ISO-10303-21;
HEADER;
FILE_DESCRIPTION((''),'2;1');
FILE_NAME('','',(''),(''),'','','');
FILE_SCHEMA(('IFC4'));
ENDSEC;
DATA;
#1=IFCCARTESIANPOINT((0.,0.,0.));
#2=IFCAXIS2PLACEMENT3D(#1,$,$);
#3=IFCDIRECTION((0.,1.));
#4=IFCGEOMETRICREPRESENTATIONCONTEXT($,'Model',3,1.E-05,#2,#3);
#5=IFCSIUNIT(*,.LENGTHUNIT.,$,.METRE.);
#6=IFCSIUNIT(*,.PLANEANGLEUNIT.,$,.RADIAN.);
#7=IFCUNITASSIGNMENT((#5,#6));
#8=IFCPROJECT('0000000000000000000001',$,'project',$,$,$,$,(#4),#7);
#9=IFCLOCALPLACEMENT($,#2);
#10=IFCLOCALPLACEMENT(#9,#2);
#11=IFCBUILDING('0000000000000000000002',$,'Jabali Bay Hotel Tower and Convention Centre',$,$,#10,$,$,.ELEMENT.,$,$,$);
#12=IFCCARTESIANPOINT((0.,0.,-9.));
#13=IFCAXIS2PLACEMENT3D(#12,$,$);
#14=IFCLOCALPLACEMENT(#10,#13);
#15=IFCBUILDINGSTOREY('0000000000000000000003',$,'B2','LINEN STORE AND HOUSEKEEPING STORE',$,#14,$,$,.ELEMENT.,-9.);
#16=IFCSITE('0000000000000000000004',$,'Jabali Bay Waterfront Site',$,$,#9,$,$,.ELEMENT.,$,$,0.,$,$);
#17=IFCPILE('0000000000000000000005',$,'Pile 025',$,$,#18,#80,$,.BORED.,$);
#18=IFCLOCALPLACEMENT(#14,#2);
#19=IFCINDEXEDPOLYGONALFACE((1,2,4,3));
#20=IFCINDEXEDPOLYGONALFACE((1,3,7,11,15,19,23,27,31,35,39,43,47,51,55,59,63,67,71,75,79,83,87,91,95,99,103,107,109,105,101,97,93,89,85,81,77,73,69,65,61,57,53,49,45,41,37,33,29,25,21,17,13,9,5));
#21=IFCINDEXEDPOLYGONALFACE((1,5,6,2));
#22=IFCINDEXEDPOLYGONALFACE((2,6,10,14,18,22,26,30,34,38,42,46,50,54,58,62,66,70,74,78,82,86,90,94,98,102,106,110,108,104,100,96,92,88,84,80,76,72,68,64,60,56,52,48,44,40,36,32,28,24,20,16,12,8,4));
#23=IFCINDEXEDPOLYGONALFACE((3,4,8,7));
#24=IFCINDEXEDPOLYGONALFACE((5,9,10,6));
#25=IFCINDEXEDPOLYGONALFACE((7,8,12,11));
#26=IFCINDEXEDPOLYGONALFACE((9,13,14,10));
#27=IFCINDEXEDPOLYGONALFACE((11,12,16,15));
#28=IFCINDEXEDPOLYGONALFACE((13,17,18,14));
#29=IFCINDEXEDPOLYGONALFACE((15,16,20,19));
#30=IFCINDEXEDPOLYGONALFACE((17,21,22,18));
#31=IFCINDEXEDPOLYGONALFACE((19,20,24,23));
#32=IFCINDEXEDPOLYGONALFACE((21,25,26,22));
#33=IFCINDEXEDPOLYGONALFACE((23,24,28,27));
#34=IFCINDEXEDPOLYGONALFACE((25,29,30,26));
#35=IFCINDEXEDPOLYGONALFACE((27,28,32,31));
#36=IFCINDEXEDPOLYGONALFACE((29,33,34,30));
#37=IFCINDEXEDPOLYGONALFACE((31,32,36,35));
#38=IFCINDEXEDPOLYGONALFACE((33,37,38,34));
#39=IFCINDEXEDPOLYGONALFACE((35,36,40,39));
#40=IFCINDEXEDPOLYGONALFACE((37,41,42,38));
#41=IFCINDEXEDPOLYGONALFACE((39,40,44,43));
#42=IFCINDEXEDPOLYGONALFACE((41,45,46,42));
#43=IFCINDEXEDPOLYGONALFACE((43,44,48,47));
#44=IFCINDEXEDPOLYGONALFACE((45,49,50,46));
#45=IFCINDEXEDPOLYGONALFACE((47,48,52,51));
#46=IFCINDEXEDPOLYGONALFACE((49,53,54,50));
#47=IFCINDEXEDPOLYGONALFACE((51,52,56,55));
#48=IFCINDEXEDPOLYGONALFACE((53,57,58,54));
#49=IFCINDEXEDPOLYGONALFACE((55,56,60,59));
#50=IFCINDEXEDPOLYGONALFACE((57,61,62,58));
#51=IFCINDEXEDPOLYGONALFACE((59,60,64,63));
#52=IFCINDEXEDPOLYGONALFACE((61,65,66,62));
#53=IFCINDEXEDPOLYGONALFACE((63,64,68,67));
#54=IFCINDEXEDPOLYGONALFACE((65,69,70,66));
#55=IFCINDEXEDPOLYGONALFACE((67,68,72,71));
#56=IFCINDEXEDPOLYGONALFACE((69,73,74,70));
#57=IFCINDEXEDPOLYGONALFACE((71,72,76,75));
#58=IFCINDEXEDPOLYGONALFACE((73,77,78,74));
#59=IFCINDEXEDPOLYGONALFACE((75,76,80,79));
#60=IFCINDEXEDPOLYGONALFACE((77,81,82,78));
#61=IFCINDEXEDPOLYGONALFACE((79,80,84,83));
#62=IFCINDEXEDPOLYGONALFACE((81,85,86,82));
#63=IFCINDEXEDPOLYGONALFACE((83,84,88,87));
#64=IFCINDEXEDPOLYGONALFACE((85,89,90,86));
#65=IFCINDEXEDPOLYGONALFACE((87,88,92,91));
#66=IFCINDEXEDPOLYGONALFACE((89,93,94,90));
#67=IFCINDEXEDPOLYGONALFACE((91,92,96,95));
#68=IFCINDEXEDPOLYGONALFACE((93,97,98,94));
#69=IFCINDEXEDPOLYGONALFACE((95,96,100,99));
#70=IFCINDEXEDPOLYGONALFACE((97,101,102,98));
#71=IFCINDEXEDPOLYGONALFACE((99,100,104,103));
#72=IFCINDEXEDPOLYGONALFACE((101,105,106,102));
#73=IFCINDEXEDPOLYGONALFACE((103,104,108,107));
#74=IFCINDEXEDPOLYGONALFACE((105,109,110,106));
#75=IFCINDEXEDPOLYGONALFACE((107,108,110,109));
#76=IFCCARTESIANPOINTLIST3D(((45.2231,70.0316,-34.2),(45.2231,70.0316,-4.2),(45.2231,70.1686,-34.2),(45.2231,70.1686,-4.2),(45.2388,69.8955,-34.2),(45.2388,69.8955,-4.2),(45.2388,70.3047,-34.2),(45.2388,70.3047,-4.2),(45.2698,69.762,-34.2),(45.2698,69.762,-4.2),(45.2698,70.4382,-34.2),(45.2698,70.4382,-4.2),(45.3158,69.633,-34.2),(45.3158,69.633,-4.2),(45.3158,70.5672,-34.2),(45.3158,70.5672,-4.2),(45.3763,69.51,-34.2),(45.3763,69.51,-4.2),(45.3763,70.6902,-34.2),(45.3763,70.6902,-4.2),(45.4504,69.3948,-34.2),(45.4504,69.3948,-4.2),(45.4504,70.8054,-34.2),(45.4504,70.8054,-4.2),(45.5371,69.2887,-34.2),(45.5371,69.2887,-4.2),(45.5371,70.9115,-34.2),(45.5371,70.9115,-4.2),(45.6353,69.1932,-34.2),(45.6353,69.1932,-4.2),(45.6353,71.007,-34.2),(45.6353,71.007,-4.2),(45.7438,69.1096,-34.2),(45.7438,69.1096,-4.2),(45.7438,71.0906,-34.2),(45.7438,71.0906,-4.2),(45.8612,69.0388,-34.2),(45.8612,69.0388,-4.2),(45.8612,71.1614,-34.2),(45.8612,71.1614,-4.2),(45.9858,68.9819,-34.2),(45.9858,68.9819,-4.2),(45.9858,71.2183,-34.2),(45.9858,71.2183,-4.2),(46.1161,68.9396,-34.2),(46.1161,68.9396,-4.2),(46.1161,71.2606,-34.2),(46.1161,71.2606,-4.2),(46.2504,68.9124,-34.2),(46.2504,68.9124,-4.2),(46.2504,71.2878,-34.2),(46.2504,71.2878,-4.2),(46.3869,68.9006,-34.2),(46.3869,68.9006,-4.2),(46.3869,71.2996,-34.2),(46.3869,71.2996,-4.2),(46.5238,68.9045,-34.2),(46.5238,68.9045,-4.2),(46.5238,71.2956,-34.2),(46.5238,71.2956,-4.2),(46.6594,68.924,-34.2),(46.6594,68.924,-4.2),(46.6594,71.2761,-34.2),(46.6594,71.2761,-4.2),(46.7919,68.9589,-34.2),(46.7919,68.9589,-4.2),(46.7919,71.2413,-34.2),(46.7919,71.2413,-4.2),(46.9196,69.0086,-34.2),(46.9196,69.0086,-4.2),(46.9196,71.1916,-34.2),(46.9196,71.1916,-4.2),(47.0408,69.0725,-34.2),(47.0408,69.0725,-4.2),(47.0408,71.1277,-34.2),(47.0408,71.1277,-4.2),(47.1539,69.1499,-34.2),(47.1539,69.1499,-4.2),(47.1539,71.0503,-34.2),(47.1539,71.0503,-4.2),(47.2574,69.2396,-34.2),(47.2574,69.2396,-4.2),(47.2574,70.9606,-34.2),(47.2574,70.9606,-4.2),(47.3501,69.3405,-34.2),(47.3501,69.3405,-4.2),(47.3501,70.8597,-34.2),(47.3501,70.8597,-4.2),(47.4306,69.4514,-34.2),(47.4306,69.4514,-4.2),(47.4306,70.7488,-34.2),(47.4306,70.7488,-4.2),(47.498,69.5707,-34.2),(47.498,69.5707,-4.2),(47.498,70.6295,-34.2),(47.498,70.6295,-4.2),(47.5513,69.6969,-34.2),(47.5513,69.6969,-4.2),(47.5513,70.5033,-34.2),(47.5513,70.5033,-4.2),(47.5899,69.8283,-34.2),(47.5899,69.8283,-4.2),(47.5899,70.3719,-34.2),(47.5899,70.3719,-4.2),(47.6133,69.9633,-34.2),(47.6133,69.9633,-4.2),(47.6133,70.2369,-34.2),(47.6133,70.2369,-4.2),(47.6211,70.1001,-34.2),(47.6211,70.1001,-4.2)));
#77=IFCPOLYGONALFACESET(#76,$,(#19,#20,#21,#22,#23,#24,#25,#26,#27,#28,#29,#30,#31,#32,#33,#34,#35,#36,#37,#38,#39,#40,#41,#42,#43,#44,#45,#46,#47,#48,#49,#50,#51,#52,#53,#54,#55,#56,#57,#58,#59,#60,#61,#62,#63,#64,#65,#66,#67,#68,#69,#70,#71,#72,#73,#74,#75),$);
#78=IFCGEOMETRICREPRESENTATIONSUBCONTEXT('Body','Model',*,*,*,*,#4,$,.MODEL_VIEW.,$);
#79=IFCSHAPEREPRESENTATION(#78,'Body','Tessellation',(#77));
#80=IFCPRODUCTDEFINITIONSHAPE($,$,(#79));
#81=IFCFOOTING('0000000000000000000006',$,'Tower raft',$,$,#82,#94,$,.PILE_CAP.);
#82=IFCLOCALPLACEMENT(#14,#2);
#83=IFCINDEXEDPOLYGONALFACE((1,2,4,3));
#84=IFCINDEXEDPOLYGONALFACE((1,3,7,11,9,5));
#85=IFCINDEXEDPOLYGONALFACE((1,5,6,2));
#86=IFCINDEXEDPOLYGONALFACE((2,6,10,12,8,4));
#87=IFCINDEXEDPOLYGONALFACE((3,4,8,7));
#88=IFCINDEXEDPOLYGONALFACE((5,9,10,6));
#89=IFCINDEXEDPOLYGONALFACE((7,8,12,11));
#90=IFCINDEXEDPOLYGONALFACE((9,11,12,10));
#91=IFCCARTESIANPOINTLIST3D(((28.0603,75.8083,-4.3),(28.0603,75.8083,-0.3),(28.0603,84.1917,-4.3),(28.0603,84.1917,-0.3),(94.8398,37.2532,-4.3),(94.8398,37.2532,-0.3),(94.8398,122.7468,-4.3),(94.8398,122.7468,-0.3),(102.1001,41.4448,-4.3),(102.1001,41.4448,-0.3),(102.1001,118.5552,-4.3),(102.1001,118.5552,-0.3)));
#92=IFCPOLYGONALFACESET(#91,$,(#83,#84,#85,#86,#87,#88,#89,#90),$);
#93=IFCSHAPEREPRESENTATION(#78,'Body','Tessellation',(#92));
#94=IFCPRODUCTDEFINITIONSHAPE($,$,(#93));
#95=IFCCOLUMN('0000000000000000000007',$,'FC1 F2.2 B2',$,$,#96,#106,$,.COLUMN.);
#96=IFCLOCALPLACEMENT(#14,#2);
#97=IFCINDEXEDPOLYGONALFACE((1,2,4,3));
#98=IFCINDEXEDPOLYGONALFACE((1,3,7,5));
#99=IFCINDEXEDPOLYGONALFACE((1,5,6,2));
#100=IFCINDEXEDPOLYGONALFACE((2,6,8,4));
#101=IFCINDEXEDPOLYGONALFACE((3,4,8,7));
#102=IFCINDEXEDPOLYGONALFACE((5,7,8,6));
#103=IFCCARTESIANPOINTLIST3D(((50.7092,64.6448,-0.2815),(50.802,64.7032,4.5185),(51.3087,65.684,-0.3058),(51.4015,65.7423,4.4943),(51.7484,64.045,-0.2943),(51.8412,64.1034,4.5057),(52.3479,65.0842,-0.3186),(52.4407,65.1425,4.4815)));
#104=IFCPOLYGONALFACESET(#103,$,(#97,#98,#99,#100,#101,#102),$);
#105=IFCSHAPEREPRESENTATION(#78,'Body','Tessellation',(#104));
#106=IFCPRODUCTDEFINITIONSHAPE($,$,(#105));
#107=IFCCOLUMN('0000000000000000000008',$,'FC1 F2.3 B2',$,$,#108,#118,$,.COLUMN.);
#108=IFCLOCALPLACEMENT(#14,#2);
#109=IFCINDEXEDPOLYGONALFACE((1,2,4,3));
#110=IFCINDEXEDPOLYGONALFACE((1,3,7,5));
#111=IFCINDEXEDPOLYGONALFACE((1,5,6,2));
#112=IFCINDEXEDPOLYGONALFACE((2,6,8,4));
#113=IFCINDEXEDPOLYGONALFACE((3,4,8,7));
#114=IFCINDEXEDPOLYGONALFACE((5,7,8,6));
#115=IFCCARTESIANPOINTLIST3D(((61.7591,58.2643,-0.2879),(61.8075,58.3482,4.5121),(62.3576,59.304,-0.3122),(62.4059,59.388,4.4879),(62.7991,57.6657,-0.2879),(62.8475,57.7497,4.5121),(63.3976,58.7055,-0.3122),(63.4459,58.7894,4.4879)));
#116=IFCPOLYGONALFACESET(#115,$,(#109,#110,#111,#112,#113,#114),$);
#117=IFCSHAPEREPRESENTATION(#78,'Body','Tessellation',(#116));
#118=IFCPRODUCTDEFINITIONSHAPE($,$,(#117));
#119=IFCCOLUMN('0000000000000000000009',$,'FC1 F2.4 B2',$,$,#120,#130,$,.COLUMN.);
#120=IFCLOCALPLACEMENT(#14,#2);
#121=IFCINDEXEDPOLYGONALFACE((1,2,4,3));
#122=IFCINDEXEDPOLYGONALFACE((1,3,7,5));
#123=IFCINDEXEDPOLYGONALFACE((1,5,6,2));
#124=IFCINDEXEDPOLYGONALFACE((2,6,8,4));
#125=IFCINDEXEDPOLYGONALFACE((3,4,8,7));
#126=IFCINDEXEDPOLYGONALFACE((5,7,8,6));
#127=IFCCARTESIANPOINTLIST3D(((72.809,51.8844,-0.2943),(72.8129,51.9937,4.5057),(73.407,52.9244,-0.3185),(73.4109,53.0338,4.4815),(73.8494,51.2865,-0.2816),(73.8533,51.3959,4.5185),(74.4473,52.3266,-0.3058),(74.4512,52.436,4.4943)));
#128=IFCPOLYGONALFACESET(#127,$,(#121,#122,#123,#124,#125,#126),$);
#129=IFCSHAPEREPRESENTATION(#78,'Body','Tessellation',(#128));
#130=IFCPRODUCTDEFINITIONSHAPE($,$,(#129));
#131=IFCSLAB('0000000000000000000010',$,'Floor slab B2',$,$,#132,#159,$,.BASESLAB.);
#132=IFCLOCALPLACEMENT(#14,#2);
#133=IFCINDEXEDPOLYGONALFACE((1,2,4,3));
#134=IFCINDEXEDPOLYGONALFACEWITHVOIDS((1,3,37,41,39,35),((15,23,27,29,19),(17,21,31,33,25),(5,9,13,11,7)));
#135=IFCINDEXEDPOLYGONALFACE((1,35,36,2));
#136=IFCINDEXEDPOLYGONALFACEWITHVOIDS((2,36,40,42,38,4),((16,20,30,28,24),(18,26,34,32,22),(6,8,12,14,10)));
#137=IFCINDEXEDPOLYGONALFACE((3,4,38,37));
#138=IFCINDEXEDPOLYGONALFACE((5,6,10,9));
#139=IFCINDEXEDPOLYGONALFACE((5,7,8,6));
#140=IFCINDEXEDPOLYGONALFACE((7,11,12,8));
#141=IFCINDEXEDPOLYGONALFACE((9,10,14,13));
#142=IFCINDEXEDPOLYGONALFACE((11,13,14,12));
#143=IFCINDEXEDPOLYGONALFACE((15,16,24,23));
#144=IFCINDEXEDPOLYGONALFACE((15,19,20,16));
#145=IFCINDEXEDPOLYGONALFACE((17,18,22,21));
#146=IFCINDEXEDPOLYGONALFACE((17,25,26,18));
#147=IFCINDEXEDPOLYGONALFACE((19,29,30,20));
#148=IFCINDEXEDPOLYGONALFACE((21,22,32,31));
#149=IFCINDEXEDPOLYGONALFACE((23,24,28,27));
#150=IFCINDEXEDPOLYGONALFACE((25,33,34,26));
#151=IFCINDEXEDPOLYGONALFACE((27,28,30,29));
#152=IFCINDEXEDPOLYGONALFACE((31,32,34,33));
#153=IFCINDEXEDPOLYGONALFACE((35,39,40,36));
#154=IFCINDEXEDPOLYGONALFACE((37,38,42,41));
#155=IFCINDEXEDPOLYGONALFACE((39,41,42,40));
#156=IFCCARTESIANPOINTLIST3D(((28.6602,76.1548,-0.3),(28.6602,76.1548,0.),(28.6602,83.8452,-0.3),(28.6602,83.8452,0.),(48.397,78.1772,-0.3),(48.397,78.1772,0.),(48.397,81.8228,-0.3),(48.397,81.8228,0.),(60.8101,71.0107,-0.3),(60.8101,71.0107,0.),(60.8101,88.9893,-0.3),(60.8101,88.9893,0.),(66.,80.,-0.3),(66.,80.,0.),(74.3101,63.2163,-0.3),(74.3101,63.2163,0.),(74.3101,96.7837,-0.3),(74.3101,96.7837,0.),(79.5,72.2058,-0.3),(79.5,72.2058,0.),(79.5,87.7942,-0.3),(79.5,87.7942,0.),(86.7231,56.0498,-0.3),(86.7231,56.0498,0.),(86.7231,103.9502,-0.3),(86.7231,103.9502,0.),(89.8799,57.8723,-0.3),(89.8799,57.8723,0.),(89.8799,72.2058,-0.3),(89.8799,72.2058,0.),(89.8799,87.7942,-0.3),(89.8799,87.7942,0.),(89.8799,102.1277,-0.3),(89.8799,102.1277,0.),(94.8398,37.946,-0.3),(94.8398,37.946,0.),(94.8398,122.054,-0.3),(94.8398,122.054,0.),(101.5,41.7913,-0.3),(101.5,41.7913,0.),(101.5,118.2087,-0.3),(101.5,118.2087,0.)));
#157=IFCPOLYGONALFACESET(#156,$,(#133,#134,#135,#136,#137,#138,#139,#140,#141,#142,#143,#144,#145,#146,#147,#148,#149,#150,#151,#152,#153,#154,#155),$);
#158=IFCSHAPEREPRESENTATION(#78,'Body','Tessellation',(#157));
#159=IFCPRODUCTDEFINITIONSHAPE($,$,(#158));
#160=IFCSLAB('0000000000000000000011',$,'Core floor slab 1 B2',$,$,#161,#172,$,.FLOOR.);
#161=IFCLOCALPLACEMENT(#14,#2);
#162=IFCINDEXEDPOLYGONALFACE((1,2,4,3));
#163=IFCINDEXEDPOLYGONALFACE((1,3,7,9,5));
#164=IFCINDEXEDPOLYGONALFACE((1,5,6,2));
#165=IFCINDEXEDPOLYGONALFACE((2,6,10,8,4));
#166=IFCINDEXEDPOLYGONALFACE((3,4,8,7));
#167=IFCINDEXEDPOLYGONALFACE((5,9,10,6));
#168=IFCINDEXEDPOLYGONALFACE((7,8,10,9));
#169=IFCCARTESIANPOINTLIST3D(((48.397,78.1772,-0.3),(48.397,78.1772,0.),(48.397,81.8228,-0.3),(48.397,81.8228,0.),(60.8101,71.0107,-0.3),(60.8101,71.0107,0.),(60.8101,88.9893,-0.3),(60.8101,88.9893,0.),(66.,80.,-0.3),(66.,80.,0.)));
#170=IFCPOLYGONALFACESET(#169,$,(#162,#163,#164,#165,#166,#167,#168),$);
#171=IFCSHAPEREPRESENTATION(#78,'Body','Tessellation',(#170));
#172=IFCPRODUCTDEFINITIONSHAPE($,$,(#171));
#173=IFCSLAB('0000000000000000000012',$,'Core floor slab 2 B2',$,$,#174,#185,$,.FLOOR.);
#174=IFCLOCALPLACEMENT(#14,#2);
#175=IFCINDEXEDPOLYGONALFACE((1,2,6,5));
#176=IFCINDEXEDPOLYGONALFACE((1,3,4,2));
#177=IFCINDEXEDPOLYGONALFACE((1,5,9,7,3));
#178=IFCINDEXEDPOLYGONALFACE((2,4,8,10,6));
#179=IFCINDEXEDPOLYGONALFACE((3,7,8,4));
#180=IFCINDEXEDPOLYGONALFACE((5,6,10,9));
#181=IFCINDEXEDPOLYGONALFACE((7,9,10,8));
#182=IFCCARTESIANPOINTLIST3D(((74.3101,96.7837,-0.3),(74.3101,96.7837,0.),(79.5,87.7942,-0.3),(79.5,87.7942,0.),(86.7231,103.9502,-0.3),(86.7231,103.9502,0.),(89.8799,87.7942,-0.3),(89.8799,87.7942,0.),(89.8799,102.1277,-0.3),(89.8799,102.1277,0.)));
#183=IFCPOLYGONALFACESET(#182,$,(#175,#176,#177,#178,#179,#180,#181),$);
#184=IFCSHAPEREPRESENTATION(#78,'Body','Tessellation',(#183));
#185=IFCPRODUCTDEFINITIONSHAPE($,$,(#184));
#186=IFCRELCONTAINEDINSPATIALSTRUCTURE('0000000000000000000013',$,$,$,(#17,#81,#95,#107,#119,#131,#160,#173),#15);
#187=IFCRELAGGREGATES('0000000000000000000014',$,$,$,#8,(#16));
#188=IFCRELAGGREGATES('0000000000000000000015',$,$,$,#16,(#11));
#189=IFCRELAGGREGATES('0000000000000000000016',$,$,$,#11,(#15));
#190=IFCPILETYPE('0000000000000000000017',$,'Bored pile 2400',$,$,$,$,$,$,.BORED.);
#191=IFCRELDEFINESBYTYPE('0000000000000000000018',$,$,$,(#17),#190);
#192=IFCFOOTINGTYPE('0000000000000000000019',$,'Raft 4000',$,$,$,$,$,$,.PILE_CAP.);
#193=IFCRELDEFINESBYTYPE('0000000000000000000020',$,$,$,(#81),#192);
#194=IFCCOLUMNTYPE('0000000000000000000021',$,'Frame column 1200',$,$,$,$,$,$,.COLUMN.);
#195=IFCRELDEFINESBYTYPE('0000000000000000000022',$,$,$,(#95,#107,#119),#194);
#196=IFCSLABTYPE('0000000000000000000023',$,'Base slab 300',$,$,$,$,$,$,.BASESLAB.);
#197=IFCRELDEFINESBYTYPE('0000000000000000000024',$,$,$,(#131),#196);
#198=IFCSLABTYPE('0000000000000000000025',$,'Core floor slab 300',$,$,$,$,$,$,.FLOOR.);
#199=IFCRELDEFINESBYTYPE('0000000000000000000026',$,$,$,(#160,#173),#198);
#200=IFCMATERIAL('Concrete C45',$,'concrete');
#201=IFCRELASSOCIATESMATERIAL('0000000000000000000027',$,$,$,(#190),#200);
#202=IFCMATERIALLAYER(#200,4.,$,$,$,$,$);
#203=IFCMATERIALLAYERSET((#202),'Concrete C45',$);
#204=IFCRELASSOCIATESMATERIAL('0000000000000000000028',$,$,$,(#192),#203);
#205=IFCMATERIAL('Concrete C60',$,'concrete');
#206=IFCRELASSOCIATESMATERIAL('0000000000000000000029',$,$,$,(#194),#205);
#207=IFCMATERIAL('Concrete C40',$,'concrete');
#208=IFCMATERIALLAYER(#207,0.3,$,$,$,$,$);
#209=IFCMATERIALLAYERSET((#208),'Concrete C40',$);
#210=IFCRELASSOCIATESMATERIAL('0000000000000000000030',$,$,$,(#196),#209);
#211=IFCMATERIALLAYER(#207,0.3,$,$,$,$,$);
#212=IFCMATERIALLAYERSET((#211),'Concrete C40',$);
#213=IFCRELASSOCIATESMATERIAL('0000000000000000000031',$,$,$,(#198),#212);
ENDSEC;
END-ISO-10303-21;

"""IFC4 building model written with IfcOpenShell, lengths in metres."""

from ifc_helpers import new_model, si_unit, direction, frame, origin, origin_2d, place, context, subcontext, project, spatial, polyline, rectangle, circle, outline, extrude, material, layer, layer_set, material_profile, profile_set, type_object, element, save


model = new_model("IFC4")

# Units and contexts
model_context = context("Model", 3, precision=1e-05, world=origin(), true_north=direction((0.0, 1.0)))
body_context = subcontext(model_context, "Body", "Model", "MODEL_VIEW")
ifc_project = project(units=[si_unit("LENGTHUNIT", "METRE"), si_unit("PLANEANGLEUNIT", "RADIAN")], contexts=[model_context])

# Site, building, storey
site_placement = place(None, origin())
site = spatial("IfcSite", under=ifc_project, at=site_placement, Name="Jabali Bay Waterfront Site", CompositionType="ELEMENT", RefElevation=0.0)
building_placement = place(site_placement, origin())
building = spatial("IfcBuilding", under=site, at=building_placement, Name="Jabali Bay Hotel Tower and Convention Centre", CompositionType="ELEMENT")
storey_placement = place(building_placement, frame((0.0, 0.0, -9.0)))
storey = spatial("IfcBuildingStorey", under=building, at=storey_placement, Name="B2", Description="LINEN STORE AND HOUSEKEEPING STORE", CompositionType="ELEMENT", Elevation=-9.0)

# Pile
ifc_material_1 = material(Name="Concrete C45", Category="concrete")
ifc_material_profile_1 = material_profile(ifc_material_1, circle(Radius=1.2, at=origin_2d()), Name="Bored pile 2400")
ifc_profile_set_1 = profile_set([ifc_material_profile_1], Name="Concrete C45")
pile_type = type_object("IfcPileType", Name="Bored pile 2400", PredefinedType="BORED", material=ifc_profile_set_1)
for number, where, z_axis, x_axis, name in (
    (1, (46.4211, 70.1001, -4.2), (0.0, 0.0, -1.0), (1.0, 0.0, 0.0), "Pile 025"),
):
    element("IfcPile", number, at=place(storey_placement, frame(where, z_axis=z_axis, x_axis=x_axis)), inside=storey, type_object=pile_type, Name=name, PredefinedType="BORED", context=body_context, shape_type="SweptSolid", body=[
        extrude(circle(Radius=1.2, at=origin_2d()), origin(), (0.0, 0.0, 1.0), 30.0),
    ])

# Footing
ifc_layer_1 = layer(ifc_material_1, 4.0)
ifc_layer_set_1 = layer_set([ifc_layer_1], Name="Concrete C45")
footing_type = type_object("IfcFootingType", Name="Raft 4000", PredefinedType="PILE_CAP", material=ifc_layer_set_1)
footing_placement = place(storey_placement, frame((0.0, 0.0, -4.3)))
element("IfcFooting", 2, at=footing_placement, inside=storey, type_object=footing_type, Name="Tower raft", PredefinedType="PILE_CAP", context=body_context, shape_type="SweptSolid", body=[
    extrude(outline(polyline([(102.1001, 41.4448), (102.1001, 118.5552), (94.8398, 122.7468), (28.0603, 84.1917), (28.0603, 75.8083), (94.8398, 37.2532), (102.1001, 41.4448)])), origin(), (0.0, 0.0, 1.0), 4.0),
])

# Columns
ifc_material_2 = material(Name="Concrete C60", Category="concrete")
ifc_material_profile_2 = material_profile(ifc_material_2, rectangle(XDim=1.2, YDim=1.2, at=origin_2d()), Name="Frame column 1200")
ifc_profile_set_2 = profile_set([ifc_material_profile_2], Name="Concrete C60")
column_type = type_object("IfcColumnType", Name="Frame column 1200", PredefinedType="COLUMN", material=ifc_profile_set_2)
column_1_placement = place(storey_placement, frame((51.5286, 64.8645, -0.3), z_axis=(0.019323, 0.012153, 0.999739), x_axis=(-0.866035, 0.49987, 0.010662)))
element("IfcColumn", 3, at=column_1_placement, inside=storey, type_object=column_type, Name="FC1 F2.2 B2", PredefinedType="COLUMN", context=body_context, shape_type="SweptSolid", body=[
    extrude(rectangle(XDim=1.2, YDim=1.2, at=origin_2d()), origin(), (0.0, 0.0, 1.0), 4.8013),
])
column_2_placement = place(storey_placement, frame((62.5784, 58.4849, -0.3), z_axis=(0.010069, 0.017493, 0.999796), x_axis=(-0.866694, 0.49884, 0.0)))
element("IfcColumn", 4, at=column_2_placement, inside=storey, type_object=column_type, Name="FC1 F2.3 B2", PredefinedType="COLUMN", context=body_context, shape_type="SweptSolid", body=[
    extrude(rectangle(XDim=1.2, YDim=1.2, at=origin_2d()), origin(), (0.0, 0.0, 1.0), 4.801),
])
column_3_placement = place(storey_placement, frame((73.6282, 52.1055, -0.3), z_axis=(0.000814, 0.02278, 0.99974), x_axis=(-0.498331, -0.866752, 0.020156)))
element("IfcColumn", 5, at=column_3_placement, inside=storey, type_object=column_type, Name="FC1 F2.4 B2", PredefinedType="COLUMN", context=body_context, shape_type="SweptSolid", body=[
    extrude(rectangle(XDim=1.2, YDim=1.2, at=origin_2d()), origin(), (0.0, 0.0, 1.0), 4.8013),
])

# Slabs
ifc_material_3 = material(Name="Concrete C40", Category="concrete")
ifc_layer_2 = layer(ifc_material_3, 0.3)
ifc_layer_set_2 = layer_set([ifc_layer_2], Name="Concrete C40")
slab_type_1 = type_object("IfcSlabType", Name="Base slab 300", PredefinedType="BASESLAB", material=ifc_layer_set_2)
slab_1_placement = place(storey_placement, frame((0.0, 0.0, -0.3)))
element("IfcSlab", 6, at=slab_1_placement, inside=storey, type_object=slab_type_1, Name="Floor slab B2", PredefinedType="BASESLAB", context=body_context, shape_type="SweptSolid", body=[
    extrude(outline(polyline([(28.6602, 83.8452), (94.8398, 122.054), (101.5, 118.2087), (101.5, 41.7913), (94.8398, 37.946), (28.6602, 76.1548), (28.6602, 83.8452)]), holes=[polyline([(48.397, 78.1772), (60.8101, 71.0107), (66.0, 80.0), (60.8101, 88.9893), (48.397, 81.8228), (48.397, 78.1772)]), polyline([(89.8799, 102.1277), (86.7231, 103.9502), (74.3101, 96.7837), (79.5, 87.7942), (89.8799, 87.7942), (89.8799, 102.1277)]), polyline([(74.3101, 63.2163), (86.7231, 56.0498), (89.8799, 57.8723), (89.8799, 72.2058), (79.5, 72.2058), (74.3101, 63.2163)])]), origin(), (0.0, 0.0, 1.0), 0.3),
])
ifc_layer_3 = layer(ifc_material_3, 0.3)
ifc_layer_set_3 = layer_set([ifc_layer_3], Name="Concrete C40")
slab_type_2 = type_object("IfcSlabType", Name="Core floor slab 300", PredefinedType="FLOOR", material=ifc_layer_set_3)
slab_2_placement = place(storey_placement, frame((0.0, 0.0, -0.3)))
element("IfcSlab", 7, at=slab_2_placement, inside=storey, type_object=slab_type_2, Name="Core floor slab 1 B2", PredefinedType="FLOOR", context=body_context, shape_type="SweptSolid", body=[
    extrude(outline(polyline([(66.0, 80.0), (60.8101, 88.9893), (48.397, 81.8228), (48.397, 78.1772), (60.8101, 71.0107), (66.0, 80.0)])), origin(), (0.0, 0.0, 1.0), 0.3),
])
slab_3_placement = place(storey_placement, frame((0.0, 0.0, -0.3)))
element("IfcSlab", 8, at=slab_3_placement, inside=storey, type_object=slab_type_2, Name="Core floor slab 2 B2", PredefinedType="FLOOR", context=body_context, shape_type="SweptSolid", body=[
    extrude(outline(polyline([(79.5, 87.7942), (89.8799, 87.7942), (89.8799, 102.1277), (86.7231, 103.9502), (74.3101, 96.7837), (79.5, 87.7942)])), origin(), (0.0, 0.0, 1.0), 0.3),
])

save(model, "model.ifc")
